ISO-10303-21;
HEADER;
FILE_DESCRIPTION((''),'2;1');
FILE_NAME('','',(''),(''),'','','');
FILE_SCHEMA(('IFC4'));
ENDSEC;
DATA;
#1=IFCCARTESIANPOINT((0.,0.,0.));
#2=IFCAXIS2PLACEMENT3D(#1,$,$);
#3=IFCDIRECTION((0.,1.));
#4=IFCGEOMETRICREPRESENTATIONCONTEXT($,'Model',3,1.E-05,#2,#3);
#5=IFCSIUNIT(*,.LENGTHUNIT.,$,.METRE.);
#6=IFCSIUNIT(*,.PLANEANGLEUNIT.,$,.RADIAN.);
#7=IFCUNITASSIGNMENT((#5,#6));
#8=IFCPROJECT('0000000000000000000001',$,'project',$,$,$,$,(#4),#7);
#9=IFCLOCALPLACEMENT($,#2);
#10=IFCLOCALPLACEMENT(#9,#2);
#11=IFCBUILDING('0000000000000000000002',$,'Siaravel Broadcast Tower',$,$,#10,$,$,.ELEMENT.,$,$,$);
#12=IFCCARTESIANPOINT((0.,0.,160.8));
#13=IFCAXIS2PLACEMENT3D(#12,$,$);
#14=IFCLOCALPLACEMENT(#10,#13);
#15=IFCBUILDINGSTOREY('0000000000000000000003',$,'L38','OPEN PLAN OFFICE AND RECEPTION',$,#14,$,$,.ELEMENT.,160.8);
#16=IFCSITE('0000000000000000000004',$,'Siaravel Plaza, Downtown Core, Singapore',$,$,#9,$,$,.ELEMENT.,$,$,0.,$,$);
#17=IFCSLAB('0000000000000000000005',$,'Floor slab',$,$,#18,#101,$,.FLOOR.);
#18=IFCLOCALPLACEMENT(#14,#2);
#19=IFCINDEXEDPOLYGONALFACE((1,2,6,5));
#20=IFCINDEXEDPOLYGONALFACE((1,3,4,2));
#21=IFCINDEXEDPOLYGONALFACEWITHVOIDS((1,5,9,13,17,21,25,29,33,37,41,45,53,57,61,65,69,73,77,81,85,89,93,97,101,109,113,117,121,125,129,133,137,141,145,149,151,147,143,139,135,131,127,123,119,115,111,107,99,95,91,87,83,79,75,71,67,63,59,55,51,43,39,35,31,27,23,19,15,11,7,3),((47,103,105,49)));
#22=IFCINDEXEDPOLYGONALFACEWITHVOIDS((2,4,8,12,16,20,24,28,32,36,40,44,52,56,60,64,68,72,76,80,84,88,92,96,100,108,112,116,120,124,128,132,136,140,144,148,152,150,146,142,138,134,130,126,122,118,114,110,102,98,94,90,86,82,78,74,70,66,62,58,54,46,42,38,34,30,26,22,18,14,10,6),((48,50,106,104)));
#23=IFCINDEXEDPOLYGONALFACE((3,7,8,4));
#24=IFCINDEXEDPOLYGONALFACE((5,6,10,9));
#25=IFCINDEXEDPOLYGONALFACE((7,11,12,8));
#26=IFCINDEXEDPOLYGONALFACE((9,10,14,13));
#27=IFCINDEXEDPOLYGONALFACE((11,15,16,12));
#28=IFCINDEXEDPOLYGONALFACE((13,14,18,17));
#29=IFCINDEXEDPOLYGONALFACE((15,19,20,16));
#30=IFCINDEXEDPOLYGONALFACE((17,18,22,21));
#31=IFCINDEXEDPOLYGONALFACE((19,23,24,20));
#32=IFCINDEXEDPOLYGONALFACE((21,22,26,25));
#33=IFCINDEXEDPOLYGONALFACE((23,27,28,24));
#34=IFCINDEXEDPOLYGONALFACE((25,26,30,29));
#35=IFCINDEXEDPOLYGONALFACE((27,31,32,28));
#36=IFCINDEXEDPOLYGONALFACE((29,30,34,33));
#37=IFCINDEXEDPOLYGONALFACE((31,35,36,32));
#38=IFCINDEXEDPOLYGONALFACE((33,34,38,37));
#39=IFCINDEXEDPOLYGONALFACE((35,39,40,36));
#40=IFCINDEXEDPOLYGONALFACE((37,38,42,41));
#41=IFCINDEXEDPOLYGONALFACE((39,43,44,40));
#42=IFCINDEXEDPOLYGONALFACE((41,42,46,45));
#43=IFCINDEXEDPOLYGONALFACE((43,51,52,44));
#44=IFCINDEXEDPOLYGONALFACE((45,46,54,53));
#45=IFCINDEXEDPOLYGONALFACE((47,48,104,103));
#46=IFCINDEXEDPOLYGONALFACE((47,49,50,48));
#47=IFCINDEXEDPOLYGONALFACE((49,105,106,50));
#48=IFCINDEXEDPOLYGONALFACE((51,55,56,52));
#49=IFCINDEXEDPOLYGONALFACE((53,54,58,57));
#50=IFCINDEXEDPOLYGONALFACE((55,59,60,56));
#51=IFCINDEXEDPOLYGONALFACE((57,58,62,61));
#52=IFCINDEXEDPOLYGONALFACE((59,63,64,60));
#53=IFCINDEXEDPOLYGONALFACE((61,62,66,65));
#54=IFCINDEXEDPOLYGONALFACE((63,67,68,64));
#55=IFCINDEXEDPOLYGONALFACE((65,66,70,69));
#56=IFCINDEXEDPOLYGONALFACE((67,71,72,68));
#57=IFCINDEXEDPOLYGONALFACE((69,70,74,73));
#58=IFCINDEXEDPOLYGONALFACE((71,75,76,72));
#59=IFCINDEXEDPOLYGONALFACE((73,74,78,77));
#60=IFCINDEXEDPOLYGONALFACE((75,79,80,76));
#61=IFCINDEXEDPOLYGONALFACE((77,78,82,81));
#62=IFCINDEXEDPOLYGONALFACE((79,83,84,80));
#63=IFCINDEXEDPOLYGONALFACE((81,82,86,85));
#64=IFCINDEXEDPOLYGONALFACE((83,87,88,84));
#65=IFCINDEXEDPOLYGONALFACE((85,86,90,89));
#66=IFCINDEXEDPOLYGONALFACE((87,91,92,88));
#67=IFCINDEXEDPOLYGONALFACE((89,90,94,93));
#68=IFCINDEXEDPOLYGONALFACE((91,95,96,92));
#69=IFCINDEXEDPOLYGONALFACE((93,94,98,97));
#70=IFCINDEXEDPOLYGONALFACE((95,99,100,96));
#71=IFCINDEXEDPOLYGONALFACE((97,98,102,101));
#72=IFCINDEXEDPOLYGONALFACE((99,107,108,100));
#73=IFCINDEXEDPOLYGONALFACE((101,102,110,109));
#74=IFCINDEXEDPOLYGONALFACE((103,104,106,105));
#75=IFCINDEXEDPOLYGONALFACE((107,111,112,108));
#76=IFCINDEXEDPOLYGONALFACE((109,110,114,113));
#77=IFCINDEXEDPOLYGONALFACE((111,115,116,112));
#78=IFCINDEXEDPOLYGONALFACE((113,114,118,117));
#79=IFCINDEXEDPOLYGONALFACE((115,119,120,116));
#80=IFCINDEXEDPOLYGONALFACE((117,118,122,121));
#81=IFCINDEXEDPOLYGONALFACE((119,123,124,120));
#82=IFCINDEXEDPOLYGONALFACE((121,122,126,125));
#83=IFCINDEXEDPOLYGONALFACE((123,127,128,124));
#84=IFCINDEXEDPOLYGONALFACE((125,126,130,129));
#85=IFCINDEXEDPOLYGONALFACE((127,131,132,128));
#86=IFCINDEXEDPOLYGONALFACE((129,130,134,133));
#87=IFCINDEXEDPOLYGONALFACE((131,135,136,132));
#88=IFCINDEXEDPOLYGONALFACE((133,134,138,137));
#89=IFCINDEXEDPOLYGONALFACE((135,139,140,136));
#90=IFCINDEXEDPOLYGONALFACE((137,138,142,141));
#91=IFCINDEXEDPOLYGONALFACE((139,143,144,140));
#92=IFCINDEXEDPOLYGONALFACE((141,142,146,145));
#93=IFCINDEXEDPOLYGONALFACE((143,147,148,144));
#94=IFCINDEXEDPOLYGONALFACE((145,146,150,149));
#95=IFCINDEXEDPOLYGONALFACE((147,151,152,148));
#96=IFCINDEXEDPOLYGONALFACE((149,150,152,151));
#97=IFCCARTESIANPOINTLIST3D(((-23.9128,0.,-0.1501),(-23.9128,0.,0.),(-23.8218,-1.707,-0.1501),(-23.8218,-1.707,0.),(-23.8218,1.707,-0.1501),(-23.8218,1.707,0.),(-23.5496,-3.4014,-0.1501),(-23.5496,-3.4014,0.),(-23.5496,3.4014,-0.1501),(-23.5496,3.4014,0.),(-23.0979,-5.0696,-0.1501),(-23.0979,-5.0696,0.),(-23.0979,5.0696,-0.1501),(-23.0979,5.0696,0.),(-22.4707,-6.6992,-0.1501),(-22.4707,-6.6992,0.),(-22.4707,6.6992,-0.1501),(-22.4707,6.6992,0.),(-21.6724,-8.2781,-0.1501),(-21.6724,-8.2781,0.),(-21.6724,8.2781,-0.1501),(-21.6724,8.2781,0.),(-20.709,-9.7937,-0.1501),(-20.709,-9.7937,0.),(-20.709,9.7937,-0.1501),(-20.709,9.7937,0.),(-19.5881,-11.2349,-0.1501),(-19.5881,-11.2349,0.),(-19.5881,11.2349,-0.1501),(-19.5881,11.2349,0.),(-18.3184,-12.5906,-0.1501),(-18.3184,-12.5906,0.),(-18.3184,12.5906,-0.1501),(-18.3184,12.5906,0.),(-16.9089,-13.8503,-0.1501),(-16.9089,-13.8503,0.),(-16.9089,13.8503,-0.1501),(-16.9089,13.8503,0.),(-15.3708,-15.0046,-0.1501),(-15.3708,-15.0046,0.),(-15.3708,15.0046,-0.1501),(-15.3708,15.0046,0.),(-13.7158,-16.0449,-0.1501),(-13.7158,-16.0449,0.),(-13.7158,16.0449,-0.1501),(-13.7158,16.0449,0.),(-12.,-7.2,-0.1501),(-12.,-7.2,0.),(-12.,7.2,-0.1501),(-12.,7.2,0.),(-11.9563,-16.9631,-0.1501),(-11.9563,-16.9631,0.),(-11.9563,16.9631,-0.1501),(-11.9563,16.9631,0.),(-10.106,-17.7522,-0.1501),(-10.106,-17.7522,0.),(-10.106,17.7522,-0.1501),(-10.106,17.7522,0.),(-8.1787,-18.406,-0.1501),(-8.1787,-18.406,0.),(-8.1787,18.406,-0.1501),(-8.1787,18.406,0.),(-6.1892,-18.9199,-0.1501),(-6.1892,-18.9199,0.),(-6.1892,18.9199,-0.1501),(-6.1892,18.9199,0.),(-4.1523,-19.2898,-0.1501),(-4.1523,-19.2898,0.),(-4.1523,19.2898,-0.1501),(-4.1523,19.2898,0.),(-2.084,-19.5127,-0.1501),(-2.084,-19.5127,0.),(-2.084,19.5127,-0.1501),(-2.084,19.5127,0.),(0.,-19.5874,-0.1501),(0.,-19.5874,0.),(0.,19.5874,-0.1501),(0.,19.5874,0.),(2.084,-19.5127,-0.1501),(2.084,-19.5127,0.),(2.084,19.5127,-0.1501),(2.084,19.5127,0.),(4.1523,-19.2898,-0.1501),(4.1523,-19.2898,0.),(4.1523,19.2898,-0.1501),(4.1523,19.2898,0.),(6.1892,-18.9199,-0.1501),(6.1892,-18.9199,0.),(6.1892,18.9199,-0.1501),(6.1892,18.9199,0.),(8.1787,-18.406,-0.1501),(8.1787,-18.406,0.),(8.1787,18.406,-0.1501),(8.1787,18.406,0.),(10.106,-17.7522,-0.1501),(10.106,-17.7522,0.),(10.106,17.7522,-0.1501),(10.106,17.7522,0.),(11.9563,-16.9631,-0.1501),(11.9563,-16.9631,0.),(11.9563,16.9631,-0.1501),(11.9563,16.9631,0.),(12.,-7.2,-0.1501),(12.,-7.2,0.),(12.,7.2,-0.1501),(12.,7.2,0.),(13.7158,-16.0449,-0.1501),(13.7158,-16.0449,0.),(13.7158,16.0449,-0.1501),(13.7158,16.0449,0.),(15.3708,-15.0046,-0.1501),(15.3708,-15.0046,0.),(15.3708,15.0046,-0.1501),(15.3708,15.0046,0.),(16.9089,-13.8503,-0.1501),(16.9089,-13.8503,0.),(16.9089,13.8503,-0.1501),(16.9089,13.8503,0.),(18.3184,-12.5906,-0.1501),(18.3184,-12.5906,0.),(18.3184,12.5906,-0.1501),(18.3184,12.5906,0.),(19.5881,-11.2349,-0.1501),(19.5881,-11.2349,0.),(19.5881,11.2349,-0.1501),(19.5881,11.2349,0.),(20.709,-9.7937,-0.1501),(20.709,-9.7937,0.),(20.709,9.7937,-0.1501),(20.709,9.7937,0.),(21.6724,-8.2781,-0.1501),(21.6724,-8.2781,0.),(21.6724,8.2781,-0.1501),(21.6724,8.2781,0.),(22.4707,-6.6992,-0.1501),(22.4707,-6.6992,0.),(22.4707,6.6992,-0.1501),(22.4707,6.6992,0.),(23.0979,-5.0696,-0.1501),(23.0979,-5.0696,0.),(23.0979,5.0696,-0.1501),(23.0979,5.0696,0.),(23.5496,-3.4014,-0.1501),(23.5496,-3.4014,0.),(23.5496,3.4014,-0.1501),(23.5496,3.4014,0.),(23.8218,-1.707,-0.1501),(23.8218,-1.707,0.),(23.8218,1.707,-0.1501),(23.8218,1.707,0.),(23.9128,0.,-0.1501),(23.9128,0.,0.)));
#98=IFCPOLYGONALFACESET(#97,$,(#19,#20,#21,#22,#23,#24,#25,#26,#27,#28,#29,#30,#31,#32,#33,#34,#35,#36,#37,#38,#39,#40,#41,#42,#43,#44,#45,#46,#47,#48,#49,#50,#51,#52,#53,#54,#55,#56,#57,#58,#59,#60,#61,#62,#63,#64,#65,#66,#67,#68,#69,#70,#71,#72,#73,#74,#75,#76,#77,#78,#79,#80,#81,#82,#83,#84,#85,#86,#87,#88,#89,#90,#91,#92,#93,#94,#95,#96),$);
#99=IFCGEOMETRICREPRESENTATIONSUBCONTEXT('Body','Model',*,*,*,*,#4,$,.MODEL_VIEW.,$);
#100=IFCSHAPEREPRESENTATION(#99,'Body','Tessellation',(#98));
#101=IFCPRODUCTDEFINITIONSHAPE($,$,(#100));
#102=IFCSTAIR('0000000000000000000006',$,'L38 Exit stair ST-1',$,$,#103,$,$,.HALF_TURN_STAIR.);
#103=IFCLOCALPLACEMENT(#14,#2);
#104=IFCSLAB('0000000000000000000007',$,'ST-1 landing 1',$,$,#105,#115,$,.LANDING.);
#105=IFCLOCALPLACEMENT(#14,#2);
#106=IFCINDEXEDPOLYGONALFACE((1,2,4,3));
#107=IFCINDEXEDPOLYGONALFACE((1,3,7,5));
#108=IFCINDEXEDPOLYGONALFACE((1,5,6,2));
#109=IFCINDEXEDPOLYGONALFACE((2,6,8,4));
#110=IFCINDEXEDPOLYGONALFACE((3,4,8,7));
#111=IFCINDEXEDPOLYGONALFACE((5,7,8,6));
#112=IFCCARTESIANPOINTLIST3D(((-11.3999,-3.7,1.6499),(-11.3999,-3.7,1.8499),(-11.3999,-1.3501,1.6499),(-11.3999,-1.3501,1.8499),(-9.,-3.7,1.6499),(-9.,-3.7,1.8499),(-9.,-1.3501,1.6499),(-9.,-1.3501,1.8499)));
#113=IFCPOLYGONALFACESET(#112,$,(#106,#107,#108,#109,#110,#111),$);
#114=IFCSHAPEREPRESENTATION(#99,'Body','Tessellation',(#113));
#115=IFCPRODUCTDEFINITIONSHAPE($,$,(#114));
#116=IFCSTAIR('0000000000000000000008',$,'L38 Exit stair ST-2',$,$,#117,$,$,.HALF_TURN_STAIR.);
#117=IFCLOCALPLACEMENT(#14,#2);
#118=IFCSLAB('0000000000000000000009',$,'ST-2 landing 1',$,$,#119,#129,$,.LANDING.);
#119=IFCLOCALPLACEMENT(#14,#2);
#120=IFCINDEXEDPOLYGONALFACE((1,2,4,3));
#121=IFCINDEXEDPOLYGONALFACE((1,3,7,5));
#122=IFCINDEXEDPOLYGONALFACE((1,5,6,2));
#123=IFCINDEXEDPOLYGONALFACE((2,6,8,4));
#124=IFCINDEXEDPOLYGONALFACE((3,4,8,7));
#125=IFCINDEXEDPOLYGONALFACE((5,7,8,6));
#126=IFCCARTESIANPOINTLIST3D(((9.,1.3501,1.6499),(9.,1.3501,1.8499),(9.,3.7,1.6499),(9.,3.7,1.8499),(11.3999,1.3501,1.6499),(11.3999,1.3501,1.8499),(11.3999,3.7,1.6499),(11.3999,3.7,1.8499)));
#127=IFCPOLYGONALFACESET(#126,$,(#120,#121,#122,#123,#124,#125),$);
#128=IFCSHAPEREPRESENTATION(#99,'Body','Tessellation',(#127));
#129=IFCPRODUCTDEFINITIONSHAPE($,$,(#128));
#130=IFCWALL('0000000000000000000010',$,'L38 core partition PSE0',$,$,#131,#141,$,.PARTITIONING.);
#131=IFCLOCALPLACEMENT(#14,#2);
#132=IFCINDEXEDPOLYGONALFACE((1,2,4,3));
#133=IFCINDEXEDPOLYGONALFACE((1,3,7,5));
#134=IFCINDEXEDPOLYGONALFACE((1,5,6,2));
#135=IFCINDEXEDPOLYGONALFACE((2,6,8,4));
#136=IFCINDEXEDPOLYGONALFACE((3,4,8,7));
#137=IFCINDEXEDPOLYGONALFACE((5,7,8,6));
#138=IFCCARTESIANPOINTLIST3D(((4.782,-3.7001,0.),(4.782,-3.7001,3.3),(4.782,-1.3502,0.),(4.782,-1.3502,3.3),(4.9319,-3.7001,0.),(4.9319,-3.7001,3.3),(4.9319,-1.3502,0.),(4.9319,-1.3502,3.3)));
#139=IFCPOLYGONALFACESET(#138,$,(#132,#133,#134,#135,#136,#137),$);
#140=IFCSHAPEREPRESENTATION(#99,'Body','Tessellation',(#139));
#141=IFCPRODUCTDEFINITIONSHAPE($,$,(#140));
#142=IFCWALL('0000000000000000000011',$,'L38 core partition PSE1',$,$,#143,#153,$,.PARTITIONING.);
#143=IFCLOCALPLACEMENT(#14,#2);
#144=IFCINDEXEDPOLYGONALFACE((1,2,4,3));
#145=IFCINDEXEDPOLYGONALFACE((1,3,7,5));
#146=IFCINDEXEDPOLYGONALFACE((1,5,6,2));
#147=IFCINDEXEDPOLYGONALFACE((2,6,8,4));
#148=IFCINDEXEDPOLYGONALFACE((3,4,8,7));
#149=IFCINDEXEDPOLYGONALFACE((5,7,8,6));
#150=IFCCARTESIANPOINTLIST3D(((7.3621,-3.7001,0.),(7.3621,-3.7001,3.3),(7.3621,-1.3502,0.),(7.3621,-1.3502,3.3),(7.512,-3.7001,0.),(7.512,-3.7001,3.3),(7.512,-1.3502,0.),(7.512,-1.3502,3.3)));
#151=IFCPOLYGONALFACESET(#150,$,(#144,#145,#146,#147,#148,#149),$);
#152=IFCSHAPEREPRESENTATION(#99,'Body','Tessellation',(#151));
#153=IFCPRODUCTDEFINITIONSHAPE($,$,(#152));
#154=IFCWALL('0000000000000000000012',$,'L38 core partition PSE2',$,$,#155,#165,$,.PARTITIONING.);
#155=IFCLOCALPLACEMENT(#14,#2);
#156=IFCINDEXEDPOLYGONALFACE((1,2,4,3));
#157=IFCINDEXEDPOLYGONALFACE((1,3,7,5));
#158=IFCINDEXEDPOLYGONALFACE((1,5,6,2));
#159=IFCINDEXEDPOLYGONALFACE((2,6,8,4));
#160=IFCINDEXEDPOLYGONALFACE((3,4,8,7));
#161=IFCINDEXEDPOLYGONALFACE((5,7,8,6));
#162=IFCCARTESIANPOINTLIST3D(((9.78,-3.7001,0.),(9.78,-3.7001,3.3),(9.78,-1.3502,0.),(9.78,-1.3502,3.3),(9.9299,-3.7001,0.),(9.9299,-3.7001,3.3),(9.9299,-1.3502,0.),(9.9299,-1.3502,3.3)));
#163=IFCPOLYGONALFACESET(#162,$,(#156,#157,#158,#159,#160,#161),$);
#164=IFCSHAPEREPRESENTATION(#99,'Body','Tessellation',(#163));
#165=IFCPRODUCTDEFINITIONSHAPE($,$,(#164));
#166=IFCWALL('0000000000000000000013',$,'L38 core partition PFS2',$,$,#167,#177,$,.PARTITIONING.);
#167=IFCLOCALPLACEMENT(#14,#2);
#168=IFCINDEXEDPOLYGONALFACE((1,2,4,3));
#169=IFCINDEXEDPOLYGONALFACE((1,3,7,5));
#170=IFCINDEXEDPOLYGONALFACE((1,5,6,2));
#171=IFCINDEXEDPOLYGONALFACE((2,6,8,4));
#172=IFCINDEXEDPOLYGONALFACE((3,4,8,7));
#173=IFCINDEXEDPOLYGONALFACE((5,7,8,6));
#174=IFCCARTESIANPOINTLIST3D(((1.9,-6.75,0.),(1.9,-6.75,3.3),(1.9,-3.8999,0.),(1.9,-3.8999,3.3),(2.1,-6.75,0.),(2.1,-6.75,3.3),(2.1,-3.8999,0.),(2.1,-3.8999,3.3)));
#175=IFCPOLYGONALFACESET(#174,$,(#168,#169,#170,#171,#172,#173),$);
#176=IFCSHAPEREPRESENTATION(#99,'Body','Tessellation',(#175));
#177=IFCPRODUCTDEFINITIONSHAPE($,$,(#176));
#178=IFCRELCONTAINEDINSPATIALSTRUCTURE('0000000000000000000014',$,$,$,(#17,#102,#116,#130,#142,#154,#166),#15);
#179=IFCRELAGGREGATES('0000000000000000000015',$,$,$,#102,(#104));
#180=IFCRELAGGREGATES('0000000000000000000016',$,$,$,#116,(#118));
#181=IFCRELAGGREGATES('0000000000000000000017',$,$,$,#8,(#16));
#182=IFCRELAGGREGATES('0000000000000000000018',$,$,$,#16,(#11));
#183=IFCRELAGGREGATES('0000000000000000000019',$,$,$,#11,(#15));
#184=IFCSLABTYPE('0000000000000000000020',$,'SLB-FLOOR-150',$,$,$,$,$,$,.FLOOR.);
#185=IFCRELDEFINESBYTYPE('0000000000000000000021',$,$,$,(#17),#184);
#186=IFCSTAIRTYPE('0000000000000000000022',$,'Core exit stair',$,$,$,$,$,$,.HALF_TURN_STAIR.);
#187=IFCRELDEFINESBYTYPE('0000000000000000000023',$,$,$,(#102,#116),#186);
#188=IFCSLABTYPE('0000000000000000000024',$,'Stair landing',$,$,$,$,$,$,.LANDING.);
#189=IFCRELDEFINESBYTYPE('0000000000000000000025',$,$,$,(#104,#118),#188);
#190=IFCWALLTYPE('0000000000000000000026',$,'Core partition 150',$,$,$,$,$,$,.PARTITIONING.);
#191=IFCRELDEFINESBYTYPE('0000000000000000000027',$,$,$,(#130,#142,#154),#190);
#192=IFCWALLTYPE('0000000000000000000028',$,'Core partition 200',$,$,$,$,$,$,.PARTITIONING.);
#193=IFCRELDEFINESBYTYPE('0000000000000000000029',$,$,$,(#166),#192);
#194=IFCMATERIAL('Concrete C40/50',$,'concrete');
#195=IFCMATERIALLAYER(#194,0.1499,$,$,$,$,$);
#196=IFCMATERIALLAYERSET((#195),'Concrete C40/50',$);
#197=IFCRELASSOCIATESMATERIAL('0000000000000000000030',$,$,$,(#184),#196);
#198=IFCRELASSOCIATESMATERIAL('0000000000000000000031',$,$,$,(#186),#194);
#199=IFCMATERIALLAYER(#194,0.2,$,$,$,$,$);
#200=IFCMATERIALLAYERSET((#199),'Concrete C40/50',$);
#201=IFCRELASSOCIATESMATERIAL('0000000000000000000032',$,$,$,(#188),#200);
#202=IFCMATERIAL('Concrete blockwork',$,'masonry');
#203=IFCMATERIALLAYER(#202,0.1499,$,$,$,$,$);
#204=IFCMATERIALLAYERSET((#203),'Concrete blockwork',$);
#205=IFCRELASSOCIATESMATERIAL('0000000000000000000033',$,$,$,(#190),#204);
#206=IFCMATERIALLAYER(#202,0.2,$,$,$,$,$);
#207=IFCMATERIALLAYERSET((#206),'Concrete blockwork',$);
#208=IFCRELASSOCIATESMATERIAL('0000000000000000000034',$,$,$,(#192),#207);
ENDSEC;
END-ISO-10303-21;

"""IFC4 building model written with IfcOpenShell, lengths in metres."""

from ifc_helpers import new_model, si_unit, direction, frame, frame_2d, origin, place, context, subcontext, project, spatial, polyline, rectangle, outline, extrude, material, layer, layer_set, type_object, element, aggregate, save


model = new_model("IFC4")

# Units and contexts
model_context = context("Model", 3, precision=1e-05, world=origin(), true_north=direction((0.0, 1.0)))
body_context = subcontext(model_context, "Body", "Model", "MODEL_VIEW")
ifc_project = project(units=[si_unit("LENGTHUNIT", "METRE"), si_unit("PLANEANGLEUNIT", "RADIAN")], contexts=[model_context])

# Site, building, storey
site_placement = place(None, origin())
site = spatial("IfcSite", under=ifc_project, at=site_placement, Name="Siaravel Plaza, Downtown Core, Singapore", CompositionType="ELEMENT", RefElevation=0.0)
building_placement = place(site_placement, origin())
building = spatial("IfcBuilding", under=site, at=building_placement, Name="Siaravel Broadcast Tower", CompositionType="ELEMENT")
storey_placement = place(building_placement, frame((0.0, 0.0, 160.8)))
storey = spatial("IfcBuildingStorey", under=building, at=storey_placement, Name="L38", Description="OPEN PLAN OFFICE AND RECEPTION", CompositionType="ELEMENT", Elevation=160.8)

# Slab
ifc_material_1 = material(Name="Concrete C40/50", Category="concrete")
ifc_layer_1 = layer(ifc_material_1, 0.1499)
ifc_layer_set_1 = layer_set([ifc_layer_1], Name="Concrete C40/50")
slab_type_1 = type_object("IfcSlabType", Name="SLB-FLOOR-150", PredefinedType="FLOOR", material=ifc_layer_set_1)
slab_1_placement = place(storey_placement, frame((0.0, 0.0, -0.1501)))
element("IfcSlab", 1, at=slab_1_placement, inside=storey, type_object=slab_type_1, Name="Floor slab", PredefinedType="FLOOR", context=body_context, shape_type="SweptSolid", body=[
    extrude(outline(polyline([(23.9128, 0.0), (23.8218, 1.707), (23.5496, 3.4014), (23.0979, 5.0696), (22.4707, 6.6992), (21.6724, 8.2781), (20.709, 9.7937), (19.5881, 11.2349), (18.3184, 12.5906), (16.9089, 13.8503), (15.3708, 15.0046), (13.7158, 16.0449), (11.9563, 16.9631), (10.106, 17.7522), (8.1787, 18.406), (6.1892, 18.9199), (4.1523, 19.2898), (2.084, 19.5127), (0.0, 19.5874), (-2.084, 19.5127), (-4.1523, 19.2898), (-6.1892, 18.9199), (-8.1787, 18.406), (-10.106, 17.7522), (-11.9563, 16.9631), (-13.7158, 16.0449), (-15.3708, 15.0046), (-16.9089, 13.8503), (-18.3184, 12.5906), (-19.5881, 11.2349), (-20.709, 9.7937), (-21.6724, 8.2781), (-22.4707, 6.6992), (-23.0979, 5.0696), (-23.5496, 3.4014), (-23.8218, 1.707), (-23.9128, 0.0), (-23.8218, -1.707), (-23.5496, -3.4014), (-23.0979, -5.0696), (-22.4707, -6.6992), (-21.6724, -8.2781), (-20.709, -9.7937), (-19.5881, -11.2349), (-18.3184, -12.5906), (-16.9089, -13.8503), (-15.3708, -15.0046), (-13.7158, -16.0449), (-11.9563, -16.9631), (-10.106, -17.7522), (-8.1787, -18.406), (-6.1892, -18.9199), (-4.1523, -19.2898), (-2.084, -19.5127), (0.0, -19.5874), (2.084, -19.5127), (4.1523, -19.2898), (6.1892, -18.9199), (8.1787, -18.406), (10.106, -17.7522), (11.9563, -16.9631), (13.7158, -16.0449), (15.3708, -15.0046), (16.9089, -13.8503), (18.3184, -12.5906), (19.5881, -11.2349), (20.709, -9.7937), (21.6724, -8.2781), (22.4707, -6.6992), (23.0979, -5.0696), (23.5496, -3.4014), (23.8218, -1.707), (23.9128, 0.0)]), holes=[polyline([(-12.0, 7.2), (12.0, 7.2), (12.0, -7.2), (-12.0, -7.2), (-12.0, 7.2)])]), origin(), (0.0, 0.0, 1.0), 0.1501),
])

# Stairs, slabs
stair_type = type_object("IfcStairType", Name="Core exit stair", PredefinedType="HALF_TURN_STAIR", material=ifc_material_1)
stair_1_placement = place(storey_placement, origin())
stair_1 = element("IfcStair", 2, at=stair_1_placement, inside=storey, type_object=stair_type, Name="L38 Exit stair ST-1", PredefinedType="HALF_TURN_STAIR")
ifc_layer_2 = layer(ifc_material_1, 0.2)
ifc_layer_set_2 = layer_set([ifc_layer_2], Name="Concrete C40/50")
slab_type_2 = type_object("IfcSlabType", Name="Stair landing", PredefinedType="LANDING", material=ifc_layer_set_2)
slab_2_placement = place(storey_placement, frame((0.0, 0.0, 1.6499)))
slab_2 = element("IfcSlab", 3, at=slab_2_placement, type_object=slab_type_2, Name="ST-1 landing 1", PredefinedType="LANDING", context=body_context, shape_type="SweptSolid", body=[
    extrude(outline(polyline([(-9.0, -1.3501), (-11.3999, -1.3501), (-11.3999, -3.7), (-9.0, -3.7), (-9.0, -1.3501)])), origin(), (0.0, 0.0, 1.0), 0.2),
])
aggregate(stair_1, [slab_2])
stair_2_placement = place(storey_placement, origin())
stair_2 = element("IfcStair", 4, at=stair_2_placement, inside=storey, type_object=stair_type, Name="L38 Exit stair ST-2", PredefinedType="HALF_TURN_STAIR")
slab_3_placement = place(storey_placement, frame((0.0, 0.0, 1.6499)))
slab_3 = element("IfcSlab", 5, at=slab_3_placement, type_object=slab_type_2, Name="ST-2 landing 1", PredefinedType="LANDING", context=body_context, shape_type="SweptSolid", body=[
    extrude(outline(polyline([(9.0, 1.3501), (11.3999, 1.3501), (11.3999, 3.7), (9.0, 3.7), (9.0, 1.3501)])), origin(), (0.0, 0.0, 1.0), 0.2),
])
aggregate(stair_2, [slab_3])

# Walls
ifc_material_2 = material(Name="Concrete blockwork", Category="masonry")
ifc_layer_3 = layer(ifc_material_2, 0.1499)
ifc_layer_set_3 = layer_set([ifc_layer_3], Name="Concrete blockwork")
wall_type_1 = type_object("IfcWallType", Name="Core partition 150", PredefinedType="PARTITIONING", material=ifc_layer_set_3)
for number, where, z_axis, x_axis, name in (
    (6, (4.8569, -3.7, 0.0), (0.0, 0.0, 1.0), (0.0, 1.0, 0.0), "L38 core partition PSE0"),
    (7, (7.437, -3.7, 0.0), (0.0, 0.0, 1.0), (0.0, 1.0, 0.0), "L38 core partition PSE1"),
    (8, (9.855, -3.7, 0.0), (0.0, 0.0, 1.0), (0.0, 1.0, 0.0), "L38 core partition PSE2"),
):
    element("IfcWall", number, at=place(storey_placement, frame(where, z_axis=z_axis, x_axis=x_axis)), inside=storey, type_object=wall_type_1, Name=name, PredefinedType="PARTITIONING", context=body_context, shape_type="SweptSolid", body=[
        extrude(rectangle(XDim=2.3499, YDim=0.1499, at=frame_2d((1.1748, 0.0))), origin(), (0.0, 0.0, 1.0), 3.3),
    ])
ifc_layer_4 = layer(ifc_material_2, 0.2)
ifc_layer_set_4 = layer_set([ifc_layer_4], Name="Concrete blockwork")
wall_type_2 = type_object("IfcWallType", Name="Core partition 200", PredefinedType="PARTITIONING", material=ifc_layer_set_4)
wall_1_placement = place(storey_placement, frame((2.0, -6.75, 0.0), z_axis=(0.0, 0.0, 1.0), x_axis=(0.0, 1.0, 0.0)))
element("IfcWall", 9, at=wall_1_placement, inside=storey, type_object=wall_type_2, Name="L38 core partition PFS2", PredefinedType="PARTITIONING", context=body_context, shape_type="SweptSolid", body=[
    extrude(rectangle(XDim=2.8501, YDim=0.2, at=frame_2d((1.425, 0.0))), origin(), (0.0, 0.0, 1.0), 3.3),
])

save(model, "model.ifc")
